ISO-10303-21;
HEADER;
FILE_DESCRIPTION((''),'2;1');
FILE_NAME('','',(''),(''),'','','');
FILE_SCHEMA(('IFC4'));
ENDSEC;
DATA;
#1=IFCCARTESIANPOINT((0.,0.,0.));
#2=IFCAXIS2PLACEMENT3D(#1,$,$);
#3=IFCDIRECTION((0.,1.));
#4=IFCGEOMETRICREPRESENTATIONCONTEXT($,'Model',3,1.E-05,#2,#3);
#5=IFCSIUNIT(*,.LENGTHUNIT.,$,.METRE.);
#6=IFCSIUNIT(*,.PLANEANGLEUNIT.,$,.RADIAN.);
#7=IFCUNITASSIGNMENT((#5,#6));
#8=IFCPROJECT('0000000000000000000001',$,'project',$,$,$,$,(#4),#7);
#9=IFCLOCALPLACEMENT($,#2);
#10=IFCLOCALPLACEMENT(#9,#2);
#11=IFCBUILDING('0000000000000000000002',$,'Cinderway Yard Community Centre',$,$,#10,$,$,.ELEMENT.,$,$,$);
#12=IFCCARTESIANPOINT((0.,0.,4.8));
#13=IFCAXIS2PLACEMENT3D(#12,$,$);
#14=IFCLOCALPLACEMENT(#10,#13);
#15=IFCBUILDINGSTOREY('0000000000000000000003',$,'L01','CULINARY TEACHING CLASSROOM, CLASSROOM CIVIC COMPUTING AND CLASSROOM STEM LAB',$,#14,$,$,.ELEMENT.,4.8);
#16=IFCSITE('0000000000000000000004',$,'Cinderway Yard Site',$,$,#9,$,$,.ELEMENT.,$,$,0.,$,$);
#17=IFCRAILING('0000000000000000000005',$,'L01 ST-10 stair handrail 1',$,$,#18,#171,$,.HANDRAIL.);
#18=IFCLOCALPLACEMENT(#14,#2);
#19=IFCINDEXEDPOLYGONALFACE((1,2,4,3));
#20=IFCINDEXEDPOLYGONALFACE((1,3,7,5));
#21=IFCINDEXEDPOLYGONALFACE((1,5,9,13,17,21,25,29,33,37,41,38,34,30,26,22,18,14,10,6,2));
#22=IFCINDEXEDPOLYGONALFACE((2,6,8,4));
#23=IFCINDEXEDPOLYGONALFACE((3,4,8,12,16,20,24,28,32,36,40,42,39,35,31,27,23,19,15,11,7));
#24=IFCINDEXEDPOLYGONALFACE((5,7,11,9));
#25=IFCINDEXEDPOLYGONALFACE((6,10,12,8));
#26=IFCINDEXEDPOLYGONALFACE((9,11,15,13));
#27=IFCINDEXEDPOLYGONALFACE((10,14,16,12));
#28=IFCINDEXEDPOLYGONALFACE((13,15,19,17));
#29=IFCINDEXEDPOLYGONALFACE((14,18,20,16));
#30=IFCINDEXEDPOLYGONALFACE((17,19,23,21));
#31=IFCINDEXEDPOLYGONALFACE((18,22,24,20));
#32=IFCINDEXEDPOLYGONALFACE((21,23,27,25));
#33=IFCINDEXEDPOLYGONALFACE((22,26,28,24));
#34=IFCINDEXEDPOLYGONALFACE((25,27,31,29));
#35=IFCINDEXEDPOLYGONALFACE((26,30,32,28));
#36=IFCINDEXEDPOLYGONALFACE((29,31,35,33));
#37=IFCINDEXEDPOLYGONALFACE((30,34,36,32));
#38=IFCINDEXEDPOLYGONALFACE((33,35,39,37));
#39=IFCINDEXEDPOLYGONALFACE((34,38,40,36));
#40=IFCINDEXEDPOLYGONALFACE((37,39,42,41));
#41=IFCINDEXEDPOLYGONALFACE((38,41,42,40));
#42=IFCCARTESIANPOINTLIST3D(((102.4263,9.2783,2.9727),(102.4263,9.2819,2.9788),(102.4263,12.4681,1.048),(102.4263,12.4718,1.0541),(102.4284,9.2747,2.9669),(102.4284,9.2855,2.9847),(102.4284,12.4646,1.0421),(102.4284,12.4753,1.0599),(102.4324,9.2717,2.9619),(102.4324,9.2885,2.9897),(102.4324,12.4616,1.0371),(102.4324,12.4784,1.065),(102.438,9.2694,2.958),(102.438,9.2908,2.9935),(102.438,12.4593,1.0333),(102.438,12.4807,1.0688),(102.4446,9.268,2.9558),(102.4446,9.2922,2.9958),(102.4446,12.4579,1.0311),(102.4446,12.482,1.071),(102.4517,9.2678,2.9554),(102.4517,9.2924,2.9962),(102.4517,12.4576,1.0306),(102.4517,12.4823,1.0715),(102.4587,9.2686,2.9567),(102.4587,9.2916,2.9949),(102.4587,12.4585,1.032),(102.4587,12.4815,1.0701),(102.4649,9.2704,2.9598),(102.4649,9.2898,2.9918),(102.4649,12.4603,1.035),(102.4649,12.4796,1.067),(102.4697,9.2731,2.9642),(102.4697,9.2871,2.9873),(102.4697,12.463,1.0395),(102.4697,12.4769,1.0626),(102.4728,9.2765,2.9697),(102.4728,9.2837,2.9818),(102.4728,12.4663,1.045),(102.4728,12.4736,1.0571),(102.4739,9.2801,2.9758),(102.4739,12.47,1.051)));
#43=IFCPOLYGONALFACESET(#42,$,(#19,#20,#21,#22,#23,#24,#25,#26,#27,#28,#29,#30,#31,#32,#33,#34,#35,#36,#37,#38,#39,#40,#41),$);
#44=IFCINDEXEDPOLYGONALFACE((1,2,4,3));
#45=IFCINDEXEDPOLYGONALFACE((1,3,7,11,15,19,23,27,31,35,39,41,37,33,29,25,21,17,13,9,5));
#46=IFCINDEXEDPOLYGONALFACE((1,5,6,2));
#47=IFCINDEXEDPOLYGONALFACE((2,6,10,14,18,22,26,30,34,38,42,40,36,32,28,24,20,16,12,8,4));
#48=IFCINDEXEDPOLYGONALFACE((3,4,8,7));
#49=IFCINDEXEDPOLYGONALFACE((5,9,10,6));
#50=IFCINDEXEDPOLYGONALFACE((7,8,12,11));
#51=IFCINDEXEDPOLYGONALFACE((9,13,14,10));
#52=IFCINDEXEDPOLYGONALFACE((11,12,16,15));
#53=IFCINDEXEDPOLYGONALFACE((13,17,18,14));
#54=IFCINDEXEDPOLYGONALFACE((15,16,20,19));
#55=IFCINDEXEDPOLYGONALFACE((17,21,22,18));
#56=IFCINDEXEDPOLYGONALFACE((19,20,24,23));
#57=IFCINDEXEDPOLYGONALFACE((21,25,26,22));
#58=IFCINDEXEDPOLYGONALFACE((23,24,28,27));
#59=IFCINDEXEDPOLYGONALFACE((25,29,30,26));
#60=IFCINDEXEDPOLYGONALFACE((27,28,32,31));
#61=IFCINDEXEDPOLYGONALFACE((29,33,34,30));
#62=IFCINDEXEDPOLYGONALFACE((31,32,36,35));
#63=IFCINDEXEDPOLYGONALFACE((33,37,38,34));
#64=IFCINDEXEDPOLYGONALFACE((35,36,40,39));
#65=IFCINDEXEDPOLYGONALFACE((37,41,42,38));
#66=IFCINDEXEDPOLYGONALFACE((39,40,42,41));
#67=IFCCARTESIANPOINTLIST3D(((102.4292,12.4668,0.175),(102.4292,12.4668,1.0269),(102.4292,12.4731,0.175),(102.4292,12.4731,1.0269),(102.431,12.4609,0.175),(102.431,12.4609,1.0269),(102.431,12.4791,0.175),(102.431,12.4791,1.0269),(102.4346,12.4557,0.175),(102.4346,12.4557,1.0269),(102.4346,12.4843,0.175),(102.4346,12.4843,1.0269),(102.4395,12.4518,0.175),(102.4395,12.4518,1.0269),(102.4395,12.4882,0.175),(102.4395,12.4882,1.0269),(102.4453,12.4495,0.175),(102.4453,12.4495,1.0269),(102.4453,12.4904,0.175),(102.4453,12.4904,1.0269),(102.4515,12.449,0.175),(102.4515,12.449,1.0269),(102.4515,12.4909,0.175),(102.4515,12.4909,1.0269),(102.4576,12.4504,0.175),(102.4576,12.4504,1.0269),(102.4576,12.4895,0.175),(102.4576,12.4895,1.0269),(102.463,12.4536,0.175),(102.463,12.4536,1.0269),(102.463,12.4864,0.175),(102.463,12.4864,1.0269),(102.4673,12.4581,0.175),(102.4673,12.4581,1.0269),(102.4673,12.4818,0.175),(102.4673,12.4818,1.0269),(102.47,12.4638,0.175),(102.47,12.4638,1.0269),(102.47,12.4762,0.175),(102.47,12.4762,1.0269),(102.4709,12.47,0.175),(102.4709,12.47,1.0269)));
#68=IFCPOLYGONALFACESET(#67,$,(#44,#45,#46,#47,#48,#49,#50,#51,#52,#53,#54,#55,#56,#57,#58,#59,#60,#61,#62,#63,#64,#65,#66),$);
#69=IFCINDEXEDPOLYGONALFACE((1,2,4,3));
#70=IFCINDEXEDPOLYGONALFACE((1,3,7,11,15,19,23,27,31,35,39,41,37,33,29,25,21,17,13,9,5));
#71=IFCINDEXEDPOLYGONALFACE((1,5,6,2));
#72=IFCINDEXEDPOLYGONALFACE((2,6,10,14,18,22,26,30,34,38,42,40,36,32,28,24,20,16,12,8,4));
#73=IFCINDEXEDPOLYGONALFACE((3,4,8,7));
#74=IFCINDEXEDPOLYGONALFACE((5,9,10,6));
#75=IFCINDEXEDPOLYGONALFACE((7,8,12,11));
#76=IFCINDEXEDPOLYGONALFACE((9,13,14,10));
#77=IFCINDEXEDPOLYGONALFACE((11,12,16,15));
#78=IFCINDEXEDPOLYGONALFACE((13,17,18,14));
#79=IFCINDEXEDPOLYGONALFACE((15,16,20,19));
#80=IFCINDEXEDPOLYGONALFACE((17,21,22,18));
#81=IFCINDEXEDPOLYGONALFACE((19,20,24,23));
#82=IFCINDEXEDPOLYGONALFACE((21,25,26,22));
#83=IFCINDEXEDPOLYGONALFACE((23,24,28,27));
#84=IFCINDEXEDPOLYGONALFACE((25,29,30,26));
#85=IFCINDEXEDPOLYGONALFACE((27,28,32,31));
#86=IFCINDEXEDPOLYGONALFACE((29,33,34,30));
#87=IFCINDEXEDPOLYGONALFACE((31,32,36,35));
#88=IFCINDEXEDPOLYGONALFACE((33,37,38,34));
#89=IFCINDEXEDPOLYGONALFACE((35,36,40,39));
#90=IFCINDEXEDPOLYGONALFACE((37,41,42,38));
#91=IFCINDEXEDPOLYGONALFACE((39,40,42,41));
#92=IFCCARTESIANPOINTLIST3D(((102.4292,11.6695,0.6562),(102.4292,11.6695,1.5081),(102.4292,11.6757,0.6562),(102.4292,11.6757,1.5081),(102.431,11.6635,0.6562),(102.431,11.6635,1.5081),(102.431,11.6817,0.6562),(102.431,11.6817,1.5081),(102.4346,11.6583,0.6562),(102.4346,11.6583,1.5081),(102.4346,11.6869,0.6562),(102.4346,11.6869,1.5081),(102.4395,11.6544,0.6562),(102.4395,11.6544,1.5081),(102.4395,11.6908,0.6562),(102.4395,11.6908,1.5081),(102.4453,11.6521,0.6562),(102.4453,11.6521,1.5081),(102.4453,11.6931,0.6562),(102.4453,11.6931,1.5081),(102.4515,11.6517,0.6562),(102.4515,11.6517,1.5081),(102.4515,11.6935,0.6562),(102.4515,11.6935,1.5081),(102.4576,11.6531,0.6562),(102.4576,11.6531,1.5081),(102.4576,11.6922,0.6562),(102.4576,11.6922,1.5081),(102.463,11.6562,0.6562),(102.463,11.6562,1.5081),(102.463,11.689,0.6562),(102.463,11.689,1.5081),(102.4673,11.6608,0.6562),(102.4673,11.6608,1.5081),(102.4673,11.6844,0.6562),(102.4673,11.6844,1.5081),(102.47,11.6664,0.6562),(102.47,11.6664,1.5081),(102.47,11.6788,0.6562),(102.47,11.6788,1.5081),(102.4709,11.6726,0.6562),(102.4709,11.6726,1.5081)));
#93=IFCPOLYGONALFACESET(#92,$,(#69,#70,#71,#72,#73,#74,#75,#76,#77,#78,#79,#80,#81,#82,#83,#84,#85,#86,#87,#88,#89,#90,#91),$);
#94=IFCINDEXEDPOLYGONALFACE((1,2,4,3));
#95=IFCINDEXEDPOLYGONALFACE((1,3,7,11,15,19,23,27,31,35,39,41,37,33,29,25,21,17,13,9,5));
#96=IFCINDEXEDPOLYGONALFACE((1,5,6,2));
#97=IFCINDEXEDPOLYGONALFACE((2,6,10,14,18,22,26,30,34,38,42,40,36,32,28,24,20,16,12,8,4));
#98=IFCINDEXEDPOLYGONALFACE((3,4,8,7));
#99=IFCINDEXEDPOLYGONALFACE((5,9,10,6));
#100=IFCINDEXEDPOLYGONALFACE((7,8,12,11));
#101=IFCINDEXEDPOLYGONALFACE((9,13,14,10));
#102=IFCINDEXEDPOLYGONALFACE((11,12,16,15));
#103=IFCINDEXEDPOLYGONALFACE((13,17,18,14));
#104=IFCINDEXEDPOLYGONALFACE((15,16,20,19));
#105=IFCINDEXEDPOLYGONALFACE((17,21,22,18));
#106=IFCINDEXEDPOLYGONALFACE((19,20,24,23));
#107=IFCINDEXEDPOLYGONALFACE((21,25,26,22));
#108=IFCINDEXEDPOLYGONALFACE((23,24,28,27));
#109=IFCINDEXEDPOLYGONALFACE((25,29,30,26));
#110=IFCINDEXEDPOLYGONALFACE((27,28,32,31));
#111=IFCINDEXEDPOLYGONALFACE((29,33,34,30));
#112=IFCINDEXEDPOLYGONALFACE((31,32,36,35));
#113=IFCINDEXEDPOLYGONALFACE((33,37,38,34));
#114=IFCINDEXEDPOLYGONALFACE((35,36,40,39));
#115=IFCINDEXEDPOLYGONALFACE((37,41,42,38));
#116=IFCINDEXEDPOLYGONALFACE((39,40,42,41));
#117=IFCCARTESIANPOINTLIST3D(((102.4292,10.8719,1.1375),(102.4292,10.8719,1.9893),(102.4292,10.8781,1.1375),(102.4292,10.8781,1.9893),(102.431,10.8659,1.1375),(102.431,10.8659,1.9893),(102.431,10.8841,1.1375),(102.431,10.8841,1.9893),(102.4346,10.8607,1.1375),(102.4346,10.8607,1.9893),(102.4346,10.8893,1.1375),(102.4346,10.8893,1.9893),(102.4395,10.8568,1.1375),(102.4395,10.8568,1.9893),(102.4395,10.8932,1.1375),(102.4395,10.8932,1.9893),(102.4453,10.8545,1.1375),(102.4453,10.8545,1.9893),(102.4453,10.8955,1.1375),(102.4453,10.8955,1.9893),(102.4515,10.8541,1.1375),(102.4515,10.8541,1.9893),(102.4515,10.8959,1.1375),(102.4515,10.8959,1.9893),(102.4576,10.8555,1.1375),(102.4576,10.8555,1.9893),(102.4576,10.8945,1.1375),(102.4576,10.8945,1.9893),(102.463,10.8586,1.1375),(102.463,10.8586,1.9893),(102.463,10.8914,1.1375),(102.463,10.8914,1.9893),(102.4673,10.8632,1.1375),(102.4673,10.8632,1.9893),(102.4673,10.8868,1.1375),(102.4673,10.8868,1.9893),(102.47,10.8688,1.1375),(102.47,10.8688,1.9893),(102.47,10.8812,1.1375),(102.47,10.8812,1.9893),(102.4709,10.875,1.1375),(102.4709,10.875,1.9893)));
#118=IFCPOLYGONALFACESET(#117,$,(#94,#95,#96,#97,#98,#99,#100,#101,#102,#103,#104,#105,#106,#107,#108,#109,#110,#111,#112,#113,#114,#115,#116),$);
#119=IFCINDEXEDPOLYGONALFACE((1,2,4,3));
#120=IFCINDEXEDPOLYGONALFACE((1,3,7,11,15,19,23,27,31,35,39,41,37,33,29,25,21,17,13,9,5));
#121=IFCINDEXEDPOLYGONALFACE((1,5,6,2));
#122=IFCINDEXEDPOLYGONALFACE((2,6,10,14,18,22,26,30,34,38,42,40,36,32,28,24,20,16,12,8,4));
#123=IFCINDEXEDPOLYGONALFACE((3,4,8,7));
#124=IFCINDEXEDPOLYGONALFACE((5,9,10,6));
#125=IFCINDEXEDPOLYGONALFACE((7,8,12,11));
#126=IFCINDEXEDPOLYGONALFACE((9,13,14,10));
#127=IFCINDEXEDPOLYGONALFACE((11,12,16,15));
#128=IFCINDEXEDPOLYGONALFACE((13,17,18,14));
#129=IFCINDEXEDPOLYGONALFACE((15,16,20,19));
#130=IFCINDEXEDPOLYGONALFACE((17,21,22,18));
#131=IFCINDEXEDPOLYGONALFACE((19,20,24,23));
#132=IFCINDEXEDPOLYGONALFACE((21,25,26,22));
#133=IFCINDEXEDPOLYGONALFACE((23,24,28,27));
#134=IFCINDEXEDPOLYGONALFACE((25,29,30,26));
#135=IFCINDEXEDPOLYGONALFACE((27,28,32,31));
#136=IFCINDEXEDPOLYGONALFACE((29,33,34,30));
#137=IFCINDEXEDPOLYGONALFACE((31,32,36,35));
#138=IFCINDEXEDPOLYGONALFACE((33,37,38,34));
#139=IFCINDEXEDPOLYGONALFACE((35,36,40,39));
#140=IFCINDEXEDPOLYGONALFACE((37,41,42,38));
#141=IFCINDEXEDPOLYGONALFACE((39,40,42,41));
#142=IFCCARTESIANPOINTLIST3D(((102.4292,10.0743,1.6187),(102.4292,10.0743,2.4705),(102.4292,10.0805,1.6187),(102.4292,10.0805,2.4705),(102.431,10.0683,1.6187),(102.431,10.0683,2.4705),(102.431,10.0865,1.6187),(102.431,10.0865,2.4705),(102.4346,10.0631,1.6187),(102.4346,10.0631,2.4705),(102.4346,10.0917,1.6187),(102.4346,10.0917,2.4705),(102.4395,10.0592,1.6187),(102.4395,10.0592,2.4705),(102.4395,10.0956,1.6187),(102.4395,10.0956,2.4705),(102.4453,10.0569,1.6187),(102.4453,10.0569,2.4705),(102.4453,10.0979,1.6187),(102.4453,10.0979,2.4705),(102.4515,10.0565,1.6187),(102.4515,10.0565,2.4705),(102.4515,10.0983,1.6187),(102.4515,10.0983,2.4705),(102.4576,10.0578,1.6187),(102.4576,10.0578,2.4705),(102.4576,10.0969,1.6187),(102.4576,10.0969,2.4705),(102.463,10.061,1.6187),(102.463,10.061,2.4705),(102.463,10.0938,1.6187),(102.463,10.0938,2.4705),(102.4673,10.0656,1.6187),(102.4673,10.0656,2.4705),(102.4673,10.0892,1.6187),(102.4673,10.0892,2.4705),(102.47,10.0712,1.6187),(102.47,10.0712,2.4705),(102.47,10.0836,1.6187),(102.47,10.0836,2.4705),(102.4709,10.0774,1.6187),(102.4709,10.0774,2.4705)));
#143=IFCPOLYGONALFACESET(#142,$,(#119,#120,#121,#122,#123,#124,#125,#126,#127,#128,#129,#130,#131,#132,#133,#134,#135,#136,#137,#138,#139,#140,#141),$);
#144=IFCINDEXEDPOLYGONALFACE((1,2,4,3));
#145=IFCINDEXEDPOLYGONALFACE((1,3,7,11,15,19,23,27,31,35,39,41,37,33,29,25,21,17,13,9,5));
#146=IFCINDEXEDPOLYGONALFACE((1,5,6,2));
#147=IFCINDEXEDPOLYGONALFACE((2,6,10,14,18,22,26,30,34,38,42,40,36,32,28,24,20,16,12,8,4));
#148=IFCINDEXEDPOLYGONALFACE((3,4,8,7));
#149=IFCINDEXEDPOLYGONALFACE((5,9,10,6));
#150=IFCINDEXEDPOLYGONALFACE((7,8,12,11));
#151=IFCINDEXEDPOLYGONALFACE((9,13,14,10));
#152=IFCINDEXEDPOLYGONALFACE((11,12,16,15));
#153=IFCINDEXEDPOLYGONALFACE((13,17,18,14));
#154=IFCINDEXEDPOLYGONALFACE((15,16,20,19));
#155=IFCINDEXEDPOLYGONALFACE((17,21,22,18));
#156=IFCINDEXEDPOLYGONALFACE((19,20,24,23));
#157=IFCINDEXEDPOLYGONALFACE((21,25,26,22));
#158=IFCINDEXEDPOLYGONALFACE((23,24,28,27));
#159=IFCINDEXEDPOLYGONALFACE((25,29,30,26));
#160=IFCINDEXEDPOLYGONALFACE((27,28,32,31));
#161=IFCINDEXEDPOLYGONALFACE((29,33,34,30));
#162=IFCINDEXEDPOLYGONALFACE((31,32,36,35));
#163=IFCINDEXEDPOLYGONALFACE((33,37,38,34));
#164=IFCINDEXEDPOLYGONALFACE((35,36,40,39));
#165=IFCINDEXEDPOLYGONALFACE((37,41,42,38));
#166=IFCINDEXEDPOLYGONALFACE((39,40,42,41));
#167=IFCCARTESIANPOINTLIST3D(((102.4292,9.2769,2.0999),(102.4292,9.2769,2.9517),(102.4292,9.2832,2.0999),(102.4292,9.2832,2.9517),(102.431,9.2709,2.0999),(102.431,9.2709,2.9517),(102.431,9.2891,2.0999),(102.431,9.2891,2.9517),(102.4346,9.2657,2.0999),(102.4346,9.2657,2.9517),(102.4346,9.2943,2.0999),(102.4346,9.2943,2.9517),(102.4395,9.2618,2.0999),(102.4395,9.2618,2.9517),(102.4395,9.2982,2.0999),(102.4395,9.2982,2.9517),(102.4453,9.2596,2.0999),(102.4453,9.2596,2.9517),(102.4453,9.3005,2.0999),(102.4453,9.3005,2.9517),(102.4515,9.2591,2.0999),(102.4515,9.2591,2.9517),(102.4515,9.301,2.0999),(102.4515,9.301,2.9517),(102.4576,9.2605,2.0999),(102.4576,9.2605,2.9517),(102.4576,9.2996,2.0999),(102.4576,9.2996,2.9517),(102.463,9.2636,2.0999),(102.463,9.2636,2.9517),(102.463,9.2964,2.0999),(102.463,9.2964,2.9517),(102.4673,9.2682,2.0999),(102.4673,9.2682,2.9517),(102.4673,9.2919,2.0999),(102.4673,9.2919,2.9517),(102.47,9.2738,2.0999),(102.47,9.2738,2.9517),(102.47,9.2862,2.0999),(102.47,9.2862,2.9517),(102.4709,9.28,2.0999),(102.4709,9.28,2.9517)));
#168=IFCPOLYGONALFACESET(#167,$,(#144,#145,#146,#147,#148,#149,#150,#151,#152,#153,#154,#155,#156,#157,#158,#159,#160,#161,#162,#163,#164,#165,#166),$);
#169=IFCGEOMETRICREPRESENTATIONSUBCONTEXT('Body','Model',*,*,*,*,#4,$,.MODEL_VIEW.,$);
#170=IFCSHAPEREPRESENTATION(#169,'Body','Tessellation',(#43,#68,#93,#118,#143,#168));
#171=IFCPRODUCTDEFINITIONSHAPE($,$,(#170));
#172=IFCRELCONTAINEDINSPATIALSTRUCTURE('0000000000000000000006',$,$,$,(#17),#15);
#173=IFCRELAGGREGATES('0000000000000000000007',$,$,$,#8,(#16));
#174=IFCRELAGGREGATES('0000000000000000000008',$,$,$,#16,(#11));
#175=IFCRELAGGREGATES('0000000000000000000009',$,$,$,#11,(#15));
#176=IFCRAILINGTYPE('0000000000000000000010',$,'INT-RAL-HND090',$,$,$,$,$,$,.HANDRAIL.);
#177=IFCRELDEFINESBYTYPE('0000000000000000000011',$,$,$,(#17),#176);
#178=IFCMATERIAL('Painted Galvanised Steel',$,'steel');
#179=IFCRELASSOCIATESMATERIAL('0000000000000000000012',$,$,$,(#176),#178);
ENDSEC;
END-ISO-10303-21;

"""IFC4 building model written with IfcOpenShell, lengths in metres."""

from ifc_helpers import new_model, si_unit, direction, frame, origin, origin_2d, place, context, subcontext, project, spatial, circle, extrude, material, type_object, element, save


model = new_model("IFC4")

# Units and contexts
model_context = context("Model", 3, precision=1e-05, world=origin(), true_north=direction((0.0, 1.0)))
body_context = subcontext(model_context, "Body", "Model", "MODEL_VIEW")
ifc_project = project(units=[si_unit("LENGTHUNIT", "METRE"), si_unit("PLANEANGLEUNIT", "RADIAN")], contexts=[model_context])

# Site, building, storey
site_placement = place(None, origin())
site = spatial("IfcSite", under=ifc_project, at=site_placement, Name="Cinderway Yard Site", CompositionType="ELEMENT", RefElevation=0.0)
building_placement = place(site_placement, origin())
building = spatial("IfcBuilding", under=site, at=building_placement, Name="Cinderway Yard Community Centre", CompositionType="ELEMENT")
storey_placement = place(building_placement, frame((0.0, 0.0, 4.8)))
storey = spatial("IfcBuildingStorey", under=building, at=storey_placement, Name="L01", Description="CULINARY TEACHING CLASSROOM, CLASSROOM CIVIC COMPUTING AND CLASSROOM STEM LAB", CompositionType="ELEMENT", Elevation=4.8)

# Railing
ifc_material_1 = material(Name="Painted Galvanised Steel", Category="steel")
railing_type_1 = type_object("IfcRailingType", Name="INT-RAL-HND090", PredefinedType="HANDRAIL", material=ifc_material_1)
railing_1_placement = place(storey_placement, frame((102.45, 12.47, 0.175)))
element("IfcRailing", 1, at=railing_1_placement, inside=storey, type_object=railing_type_1, Name="L01 ST-10 stair handrail 1", PredefinedType="HANDRAIL", context=body_context, shape_type="SweptSolid", body=[
    extrude(circle(Radius=0.0239, at=origin_2d()), frame((0.0, 0.0, 0.876), z_axis=(0.0, -0.856207, 0.516633), x_axis=(1.0, 0.0, 0.0)), (0.0, 0.0, 1.0), 3.7256),
    extrude(circle(Radius=0.021, at=origin_2d()), origin(), (0.0, 0.0, 1.0), 0.8518),
    extrude(circle(Radius=0.021, at=origin_2d()), frame((0.0, -0.7974, 0.4812)), (0.0, 0.0, 1.0), 0.8518),
    extrude(circle(Radius=0.021, at=origin_2d()), frame((0.0, -1.595, 0.9624)), (0.0, 0.0, 1.0), 0.8518),
    extrude(circle(Radius=0.021, at=origin_2d()), frame((0.0, -2.3926, 1.4436)), (0.0, 0.0, 1.0), 0.8518),
    extrude(circle(Radius=0.021, at=origin_2d()), frame((0.0, -3.1899, 1.9248)), (0.0, 0.0, 1.0), 0.8518),
])

save(model, "model.ifc")
